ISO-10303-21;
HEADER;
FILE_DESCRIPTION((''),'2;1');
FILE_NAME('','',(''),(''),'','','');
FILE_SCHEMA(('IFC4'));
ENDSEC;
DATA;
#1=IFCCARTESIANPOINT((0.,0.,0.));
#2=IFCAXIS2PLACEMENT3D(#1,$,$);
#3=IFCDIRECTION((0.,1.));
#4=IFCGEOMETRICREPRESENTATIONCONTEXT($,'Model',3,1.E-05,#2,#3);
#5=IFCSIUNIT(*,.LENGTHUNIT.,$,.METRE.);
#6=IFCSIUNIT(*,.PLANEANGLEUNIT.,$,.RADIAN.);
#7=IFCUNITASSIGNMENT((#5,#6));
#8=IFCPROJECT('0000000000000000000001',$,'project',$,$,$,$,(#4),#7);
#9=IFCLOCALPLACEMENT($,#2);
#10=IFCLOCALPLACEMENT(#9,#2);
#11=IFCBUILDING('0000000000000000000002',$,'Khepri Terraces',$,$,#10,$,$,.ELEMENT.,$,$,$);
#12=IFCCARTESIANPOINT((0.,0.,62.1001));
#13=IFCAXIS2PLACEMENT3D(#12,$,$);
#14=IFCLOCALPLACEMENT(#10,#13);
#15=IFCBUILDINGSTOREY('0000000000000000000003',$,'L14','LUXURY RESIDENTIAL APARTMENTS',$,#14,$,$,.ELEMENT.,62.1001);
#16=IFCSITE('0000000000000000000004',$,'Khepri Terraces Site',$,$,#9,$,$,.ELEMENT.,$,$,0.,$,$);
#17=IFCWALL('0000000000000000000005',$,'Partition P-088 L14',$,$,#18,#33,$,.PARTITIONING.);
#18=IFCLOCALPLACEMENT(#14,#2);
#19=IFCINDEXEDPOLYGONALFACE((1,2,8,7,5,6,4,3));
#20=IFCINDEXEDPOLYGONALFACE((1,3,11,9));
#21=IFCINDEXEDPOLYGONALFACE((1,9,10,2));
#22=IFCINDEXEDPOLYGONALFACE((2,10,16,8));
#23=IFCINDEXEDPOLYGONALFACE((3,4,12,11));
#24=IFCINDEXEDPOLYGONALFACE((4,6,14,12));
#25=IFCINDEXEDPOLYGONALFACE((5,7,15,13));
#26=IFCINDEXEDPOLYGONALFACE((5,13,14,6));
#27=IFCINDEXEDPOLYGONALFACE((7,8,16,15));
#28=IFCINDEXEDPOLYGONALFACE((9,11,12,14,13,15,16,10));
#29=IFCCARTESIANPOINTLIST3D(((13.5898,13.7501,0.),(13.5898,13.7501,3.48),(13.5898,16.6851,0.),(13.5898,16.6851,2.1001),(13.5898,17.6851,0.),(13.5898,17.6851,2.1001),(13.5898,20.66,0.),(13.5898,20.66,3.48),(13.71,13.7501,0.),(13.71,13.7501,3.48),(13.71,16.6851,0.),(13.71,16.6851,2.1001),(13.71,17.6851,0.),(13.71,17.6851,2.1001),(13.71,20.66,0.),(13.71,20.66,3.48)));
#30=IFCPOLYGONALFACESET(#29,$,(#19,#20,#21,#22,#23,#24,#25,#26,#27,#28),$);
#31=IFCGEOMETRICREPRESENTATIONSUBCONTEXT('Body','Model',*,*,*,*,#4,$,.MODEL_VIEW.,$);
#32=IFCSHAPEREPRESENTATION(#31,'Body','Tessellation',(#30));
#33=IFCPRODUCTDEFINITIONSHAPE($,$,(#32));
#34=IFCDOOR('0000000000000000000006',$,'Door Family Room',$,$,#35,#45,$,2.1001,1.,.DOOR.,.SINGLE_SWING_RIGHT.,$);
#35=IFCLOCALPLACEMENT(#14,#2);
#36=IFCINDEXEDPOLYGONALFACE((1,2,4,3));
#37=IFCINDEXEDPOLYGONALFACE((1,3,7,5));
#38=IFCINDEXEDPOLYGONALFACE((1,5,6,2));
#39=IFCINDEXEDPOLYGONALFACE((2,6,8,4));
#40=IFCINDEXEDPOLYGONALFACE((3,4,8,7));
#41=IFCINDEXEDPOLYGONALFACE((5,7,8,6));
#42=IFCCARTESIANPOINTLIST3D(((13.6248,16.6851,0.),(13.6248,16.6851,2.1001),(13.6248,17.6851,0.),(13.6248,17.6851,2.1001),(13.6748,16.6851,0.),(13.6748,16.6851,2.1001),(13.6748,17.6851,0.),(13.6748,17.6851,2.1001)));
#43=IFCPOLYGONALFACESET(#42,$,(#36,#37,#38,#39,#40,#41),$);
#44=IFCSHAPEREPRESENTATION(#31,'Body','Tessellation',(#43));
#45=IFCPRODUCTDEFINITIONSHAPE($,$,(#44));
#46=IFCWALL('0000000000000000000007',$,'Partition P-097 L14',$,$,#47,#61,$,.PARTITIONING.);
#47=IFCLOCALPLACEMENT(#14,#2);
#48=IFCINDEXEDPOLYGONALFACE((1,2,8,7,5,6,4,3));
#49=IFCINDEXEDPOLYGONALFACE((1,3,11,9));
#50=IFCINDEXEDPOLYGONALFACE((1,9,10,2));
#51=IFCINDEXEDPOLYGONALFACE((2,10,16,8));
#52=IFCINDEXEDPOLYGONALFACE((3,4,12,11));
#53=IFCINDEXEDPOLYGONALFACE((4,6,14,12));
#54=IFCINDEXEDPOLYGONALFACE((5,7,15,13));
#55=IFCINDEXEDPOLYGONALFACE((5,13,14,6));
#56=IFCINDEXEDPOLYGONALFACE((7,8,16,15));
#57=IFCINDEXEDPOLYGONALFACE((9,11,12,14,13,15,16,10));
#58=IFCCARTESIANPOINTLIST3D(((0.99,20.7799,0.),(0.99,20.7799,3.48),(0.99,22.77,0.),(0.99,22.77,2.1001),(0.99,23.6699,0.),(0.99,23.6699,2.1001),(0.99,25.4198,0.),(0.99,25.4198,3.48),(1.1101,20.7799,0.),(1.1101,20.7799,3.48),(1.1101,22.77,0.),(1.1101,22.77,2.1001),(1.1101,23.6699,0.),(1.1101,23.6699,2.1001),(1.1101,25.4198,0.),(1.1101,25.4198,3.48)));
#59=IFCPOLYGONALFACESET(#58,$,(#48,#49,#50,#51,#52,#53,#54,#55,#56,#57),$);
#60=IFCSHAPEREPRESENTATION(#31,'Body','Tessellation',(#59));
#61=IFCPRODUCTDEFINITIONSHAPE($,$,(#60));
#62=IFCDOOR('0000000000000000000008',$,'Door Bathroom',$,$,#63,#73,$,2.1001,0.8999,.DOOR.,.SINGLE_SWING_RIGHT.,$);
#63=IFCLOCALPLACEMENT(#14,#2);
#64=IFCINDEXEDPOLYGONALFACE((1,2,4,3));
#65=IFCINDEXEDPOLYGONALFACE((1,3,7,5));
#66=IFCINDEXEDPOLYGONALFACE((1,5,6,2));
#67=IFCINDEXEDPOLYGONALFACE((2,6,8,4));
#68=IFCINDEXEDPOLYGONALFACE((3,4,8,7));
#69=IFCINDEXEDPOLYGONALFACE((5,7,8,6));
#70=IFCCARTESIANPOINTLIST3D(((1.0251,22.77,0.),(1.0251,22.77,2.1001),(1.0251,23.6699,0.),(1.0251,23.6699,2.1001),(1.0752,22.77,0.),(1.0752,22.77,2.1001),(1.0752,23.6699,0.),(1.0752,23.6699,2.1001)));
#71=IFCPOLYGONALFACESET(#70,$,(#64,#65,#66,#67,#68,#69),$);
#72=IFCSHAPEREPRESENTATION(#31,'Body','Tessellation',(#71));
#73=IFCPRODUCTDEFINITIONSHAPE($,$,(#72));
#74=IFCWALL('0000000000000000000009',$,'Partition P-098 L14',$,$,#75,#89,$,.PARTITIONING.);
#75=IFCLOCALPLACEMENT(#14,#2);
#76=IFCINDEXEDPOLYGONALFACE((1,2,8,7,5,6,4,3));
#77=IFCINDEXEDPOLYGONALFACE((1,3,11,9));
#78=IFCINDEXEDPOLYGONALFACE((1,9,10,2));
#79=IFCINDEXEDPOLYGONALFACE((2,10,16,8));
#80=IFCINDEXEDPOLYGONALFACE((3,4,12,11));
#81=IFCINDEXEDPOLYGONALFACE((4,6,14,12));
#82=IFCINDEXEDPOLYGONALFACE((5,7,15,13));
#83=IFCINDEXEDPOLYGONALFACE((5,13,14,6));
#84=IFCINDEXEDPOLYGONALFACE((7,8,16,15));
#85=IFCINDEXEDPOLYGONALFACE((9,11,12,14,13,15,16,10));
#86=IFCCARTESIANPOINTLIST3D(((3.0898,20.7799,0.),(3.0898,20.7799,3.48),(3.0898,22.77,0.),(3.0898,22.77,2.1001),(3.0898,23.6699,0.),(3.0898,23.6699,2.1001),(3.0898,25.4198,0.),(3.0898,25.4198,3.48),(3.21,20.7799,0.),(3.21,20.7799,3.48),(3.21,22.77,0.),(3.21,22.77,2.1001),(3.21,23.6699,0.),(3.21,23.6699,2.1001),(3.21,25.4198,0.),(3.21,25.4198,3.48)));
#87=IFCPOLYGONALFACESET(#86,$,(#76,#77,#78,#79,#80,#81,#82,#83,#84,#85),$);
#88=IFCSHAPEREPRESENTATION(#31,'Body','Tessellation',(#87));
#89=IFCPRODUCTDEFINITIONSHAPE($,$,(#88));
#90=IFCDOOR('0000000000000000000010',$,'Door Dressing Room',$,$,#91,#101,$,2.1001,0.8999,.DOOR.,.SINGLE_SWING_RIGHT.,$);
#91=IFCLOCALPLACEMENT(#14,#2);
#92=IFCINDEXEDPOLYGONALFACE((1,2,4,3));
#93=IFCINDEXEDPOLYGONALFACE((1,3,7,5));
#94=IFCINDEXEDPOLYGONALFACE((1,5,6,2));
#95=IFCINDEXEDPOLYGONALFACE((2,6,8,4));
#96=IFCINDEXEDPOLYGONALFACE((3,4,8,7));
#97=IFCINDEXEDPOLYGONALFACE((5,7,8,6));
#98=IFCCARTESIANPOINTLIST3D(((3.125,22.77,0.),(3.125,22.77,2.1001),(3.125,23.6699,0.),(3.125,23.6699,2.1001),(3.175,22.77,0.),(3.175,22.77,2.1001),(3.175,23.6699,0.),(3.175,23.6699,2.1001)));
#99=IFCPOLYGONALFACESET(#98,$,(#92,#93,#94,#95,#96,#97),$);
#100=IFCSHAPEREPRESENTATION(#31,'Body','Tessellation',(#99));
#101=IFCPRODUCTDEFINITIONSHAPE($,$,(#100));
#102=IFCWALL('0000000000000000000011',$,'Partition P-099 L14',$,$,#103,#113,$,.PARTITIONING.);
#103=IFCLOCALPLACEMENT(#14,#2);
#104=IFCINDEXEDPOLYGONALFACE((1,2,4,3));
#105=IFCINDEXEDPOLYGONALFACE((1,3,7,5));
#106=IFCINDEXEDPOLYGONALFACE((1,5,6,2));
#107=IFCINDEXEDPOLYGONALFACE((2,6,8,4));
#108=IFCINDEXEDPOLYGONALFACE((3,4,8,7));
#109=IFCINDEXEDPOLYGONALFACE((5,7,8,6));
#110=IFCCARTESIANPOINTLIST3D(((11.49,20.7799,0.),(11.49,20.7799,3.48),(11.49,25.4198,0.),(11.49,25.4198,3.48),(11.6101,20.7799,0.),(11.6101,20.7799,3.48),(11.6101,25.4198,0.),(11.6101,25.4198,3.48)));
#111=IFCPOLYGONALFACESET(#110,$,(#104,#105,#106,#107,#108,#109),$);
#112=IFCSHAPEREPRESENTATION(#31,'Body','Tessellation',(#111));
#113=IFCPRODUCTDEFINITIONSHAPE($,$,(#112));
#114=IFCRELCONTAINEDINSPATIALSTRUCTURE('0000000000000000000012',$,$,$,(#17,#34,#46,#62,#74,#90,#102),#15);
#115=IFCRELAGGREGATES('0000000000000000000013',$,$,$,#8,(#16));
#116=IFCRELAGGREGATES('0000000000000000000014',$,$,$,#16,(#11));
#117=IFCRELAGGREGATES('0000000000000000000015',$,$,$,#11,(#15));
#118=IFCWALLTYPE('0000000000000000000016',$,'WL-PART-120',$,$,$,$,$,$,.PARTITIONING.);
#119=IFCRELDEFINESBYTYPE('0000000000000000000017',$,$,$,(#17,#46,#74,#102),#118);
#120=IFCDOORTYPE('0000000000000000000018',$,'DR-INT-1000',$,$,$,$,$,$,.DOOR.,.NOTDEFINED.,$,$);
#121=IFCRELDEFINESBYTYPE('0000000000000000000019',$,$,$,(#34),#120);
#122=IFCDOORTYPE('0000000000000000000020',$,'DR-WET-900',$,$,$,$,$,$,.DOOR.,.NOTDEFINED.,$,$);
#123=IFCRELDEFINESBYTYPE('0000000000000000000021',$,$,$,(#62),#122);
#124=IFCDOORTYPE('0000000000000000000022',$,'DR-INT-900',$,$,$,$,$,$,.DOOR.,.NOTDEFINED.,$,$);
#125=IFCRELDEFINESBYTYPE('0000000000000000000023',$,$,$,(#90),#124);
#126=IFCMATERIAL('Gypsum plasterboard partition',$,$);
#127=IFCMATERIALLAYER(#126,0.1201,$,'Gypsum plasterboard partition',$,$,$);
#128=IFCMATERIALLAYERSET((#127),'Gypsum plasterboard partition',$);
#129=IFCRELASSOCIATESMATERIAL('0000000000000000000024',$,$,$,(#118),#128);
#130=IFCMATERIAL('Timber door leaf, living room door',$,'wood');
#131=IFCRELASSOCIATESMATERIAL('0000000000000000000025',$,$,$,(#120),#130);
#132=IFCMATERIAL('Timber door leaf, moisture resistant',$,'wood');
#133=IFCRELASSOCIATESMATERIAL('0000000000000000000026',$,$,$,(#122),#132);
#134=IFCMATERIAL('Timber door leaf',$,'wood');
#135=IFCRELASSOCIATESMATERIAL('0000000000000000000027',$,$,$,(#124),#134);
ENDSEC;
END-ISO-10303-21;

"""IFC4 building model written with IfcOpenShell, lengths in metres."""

from ifc_helpers import new_model, si_unit, direction, frame, frame_2d, origin, place, context, subcontext, project, spatial, rectangle, extrude, material, layer, layer_set, type_object, element, fill, save


model = new_model("IFC4")

# Units and contexts
model_context = context("Model", 3, precision=1e-05, world=origin(), true_north=direction((0.0, 1.0)))
body_context = subcontext(model_context, "Body", "Model", "MODEL_VIEW")
ifc_project = project(units=[si_unit("LENGTHUNIT", "METRE"), si_unit("PLANEANGLEUNIT", "RADIAN")], contexts=[model_context])

# Site, building, storey
site_placement = place(None, origin())
site = spatial("IfcSite", under=ifc_project, at=site_placement, Name="Khepri Terraces Site", CompositionType="ELEMENT", RefElevation=0.0)
building_placement = place(site_placement, origin())
building = spatial("IfcBuilding", under=site, at=building_placement, Name="Khepri Terraces", CompositionType="ELEMENT")
storey_placement = place(building_placement, frame((0.0, 0.0, 62.1001)))
storey = spatial("IfcBuildingStorey", under=building, at=storey_placement, Name="L14", Description="LUXURY RESIDENTIAL APARTMENTS", CompositionType="ELEMENT", Elevation=62.1001)

# Shared definitions
ifc_material_1 = material(Name="Gypsum plasterboard partition")
ifc_layer_1 = layer(ifc_material_1, 0.1201, Name="Gypsum plasterboard partition")
ifc_layer_set_1 = layer_set([ifc_layer_1], Name="Gypsum plasterboard partition")
wall_type_1 = type_object("IfcWallType", Name="WL-PART-120", PredefinedType="PARTITIONING", material=ifc_layer_set_1)

# Walls, openings, doors
wall_1_placement = place(storey_placement, frame((13.6499, 13.75, 0.0), z_axis=(0.0, 0.0, 1.0), x_axis=(0.0, 1.0, 0.0)))
wall_1 = element("IfcWall", 1, at=wall_1_placement, inside=storey, type_object=wall_type_1, Name="Partition P-088 L14", PredefinedType="PARTITIONING", context=body_context, shape_type="SweptSolid", body=[
    extrude(rectangle(XDim=6.9099, YDim=0.1201, at=frame_2d((3.4551, 0.0))), origin(), (0.0, 0.0, 1.0), 3.48),
])
opening_1_placement = place(wall_1_placement, frame((2.9351, 0.0, 0.0)))
opening_1 = element("IfcOpeningElement", 2, at=opening_1_placement, cuts=wall_1, PredefinedType="OPENING", context=body_context, shape_type="SweptSolid", body=[
    extrude(rectangle(XDim=1.0, YDim=2.1001, at=frame_2d((0.5, 1.05))), frame((0.0, 0.0701, 0.0), z_axis=(0.0, -1.0, 0.0), x_axis=(1.0, 0.0, 0.0)), (0.0, 0.0, 1.0), 0.1401),
])
ifc_material_2 = material(Name="Timber door leaf, living room door", Category="wood")
door_type_1 = type_object("IfcDoorType", Name="DR-INT-1000", OperationType="NOTDEFINED", PredefinedType="DOOR", material=ifc_material_2)
door_1_placement = place(opening_1_placement, frame((1.0, 0.0, 0.0), z_axis=(0.0, 0.0, 1.0), x_axis=(-1.0, 0.0, 0.0)))
door_1 = element("IfcDoor", 3, at=door_1_placement, inside=storey, type_object=door_type_1, Name="Door Family Room", OperationType="SINGLE_SWING_RIGHT", OverallHeight=2.1001, OverallWidth=1.0, PredefinedType="DOOR", context=body_context, shape_type="SweptSolid", body=[
    extrude(rectangle(XDim=1.0, YDim=2.1001, at=frame_2d((0.5, 1.05))), frame((0.0, 0.0249, 0.0), z_axis=(0.0, -1.0, 0.0), x_axis=(1.0, 0.0, 0.0)), (0.0, 0.0, 1.0), 0.05),
])
fill(opening_1, door_1)
wall_2_placement = place(storey_placement, frame((1.05, 20.78, 0.0), z_axis=(0.0, 0.0, 1.0), x_axis=(0.0, 1.0, 0.0)))
wall_2 = element("IfcWall", 4, at=wall_2_placement, inside=storey, type_object=wall_type_1, Name="Partition P-097 L14", PredefinedType="PARTITIONING", context=body_context, shape_type="SweptSolid", body=[
    extrude(rectangle(XDim=4.6399, YDim=0.1201, at=frame_2d((2.3198, 0.0))), origin(), (0.0, 0.0, 1.0), 3.48),
])
opening_2_placement = place(wall_2_placement, frame((1.99, 0.0, 0.0)))
opening_2 = element("IfcOpeningElement", 5, at=opening_2_placement, cuts=wall_2, PredefinedType="OPENING", context=body_context, shape_type="SweptSolid", body=[
    extrude(rectangle(XDim=0.8999, YDim=2.1001, at=frame_2d((0.45, 1.05))), frame((0.0, 0.0701, 0.0), z_axis=(0.0, -1.0, 0.0), x_axis=(1.0, 0.0, 0.0)), (0.0, 0.0, 1.0), 0.1401),
])
ifc_material_3 = material(Name="Timber door leaf, moisture resistant", Category="wood")
door_type_2 = type_object("IfcDoorType", Name="DR-WET-900", OperationType="NOTDEFINED", PredefinedType="DOOR", material=ifc_material_3)
door_2_placement = place(opening_2_placement, origin())
door_2 = element("IfcDoor", 6, at=door_2_placement, inside=storey, type_object=door_type_2, Name="Door Bathroom", OperationType="SINGLE_SWING_RIGHT", OverallHeight=2.1001, OverallWidth=0.8999, PredefinedType="DOOR", context=body_context, shape_type="SweptSolid", body=[
    extrude(rectangle(XDim=0.8999, YDim=2.1001, at=frame_2d((0.45, 1.05))), frame((0.0, 0.0249, 0.0), z_axis=(0.0, -1.0, 0.0), x_axis=(1.0, 0.0, 0.0)), (0.0, 0.0, 1.0), 0.05),
])
fill(opening_2, door_2)
wall_3_placement = place(storey_placement, frame((3.1499, 20.78, 0.0), z_axis=(0.0, 0.0, 1.0), x_axis=(0.0, 1.0, 0.0)))
wall_3 = element("IfcWall", 7, at=wall_3_placement, inside=storey, type_object=wall_type_1, Name="Partition P-098 L14", PredefinedType="PARTITIONING", context=body_context, shape_type="SweptSolid", body=[
    extrude(rectangle(XDim=4.6399, YDim=0.1201, at=frame_2d((2.3198, 0.0))), origin(), (0.0, 0.0, 1.0), 3.48),
])
opening_3_placement = place(wall_3_placement, frame((1.99, 0.0, 0.0)))
opening_3 = element("IfcOpeningElement", 8, at=opening_3_placement, cuts=wall_3, PredefinedType="OPENING", context=body_context, shape_type="SweptSolid", body=[
    extrude(rectangle(XDim=0.8999, YDim=2.1001, at=frame_2d((0.45, 1.05))), frame((0.0, 0.0701, 0.0), z_axis=(0.0, -1.0, 0.0), x_axis=(1.0, 0.0, 0.0)), (0.0, 0.0, 1.0), 0.1401),
])
ifc_material_4 = material(Name="Timber door leaf", Category="wood")
door_type_3 = type_object("IfcDoorType", Name="DR-INT-900", OperationType="NOTDEFINED", PredefinedType="DOOR", material=ifc_material_4)
door_3_placement = place(opening_3_placement, origin())
door_3 = element("IfcDoor", 9, at=door_3_placement, inside=storey, type_object=door_type_3, Name="Door Dressing Room", OperationType="SINGLE_SWING_RIGHT", OverallHeight=2.1001, OverallWidth=0.8999, PredefinedType="DOOR", context=body_context, shape_type="SweptSolid", body=[
    extrude(rectangle(XDim=0.8999, YDim=2.1001, at=frame_2d((0.45, 1.05))), frame((0.0, 0.0249, 0.0), z_axis=(0.0, -1.0, 0.0), x_axis=(1.0, 0.0, 0.0)), (0.0, 0.0, 1.0), 0.05),
])
fill(opening_3, door_3)

# Wall
wall_4_placement = place(storey_placement, frame((11.55, 20.78, 0.0), z_axis=(0.0, 0.0, 1.0), x_axis=(0.0, 1.0, 0.0)))
element("IfcWall", 10, at=wall_4_placement, inside=storey, type_object=wall_type_1, Name="Partition P-099 L14", PredefinedType="PARTITIONING", context=body_context, shape_type="SweptSolid", body=[
    extrude(rectangle(XDim=4.6399, YDim=0.1201, at=frame_2d((2.3198, 0.0))), origin(), (0.0, 0.0, 1.0), 3.48),
])

save(model, "model.ifc")
